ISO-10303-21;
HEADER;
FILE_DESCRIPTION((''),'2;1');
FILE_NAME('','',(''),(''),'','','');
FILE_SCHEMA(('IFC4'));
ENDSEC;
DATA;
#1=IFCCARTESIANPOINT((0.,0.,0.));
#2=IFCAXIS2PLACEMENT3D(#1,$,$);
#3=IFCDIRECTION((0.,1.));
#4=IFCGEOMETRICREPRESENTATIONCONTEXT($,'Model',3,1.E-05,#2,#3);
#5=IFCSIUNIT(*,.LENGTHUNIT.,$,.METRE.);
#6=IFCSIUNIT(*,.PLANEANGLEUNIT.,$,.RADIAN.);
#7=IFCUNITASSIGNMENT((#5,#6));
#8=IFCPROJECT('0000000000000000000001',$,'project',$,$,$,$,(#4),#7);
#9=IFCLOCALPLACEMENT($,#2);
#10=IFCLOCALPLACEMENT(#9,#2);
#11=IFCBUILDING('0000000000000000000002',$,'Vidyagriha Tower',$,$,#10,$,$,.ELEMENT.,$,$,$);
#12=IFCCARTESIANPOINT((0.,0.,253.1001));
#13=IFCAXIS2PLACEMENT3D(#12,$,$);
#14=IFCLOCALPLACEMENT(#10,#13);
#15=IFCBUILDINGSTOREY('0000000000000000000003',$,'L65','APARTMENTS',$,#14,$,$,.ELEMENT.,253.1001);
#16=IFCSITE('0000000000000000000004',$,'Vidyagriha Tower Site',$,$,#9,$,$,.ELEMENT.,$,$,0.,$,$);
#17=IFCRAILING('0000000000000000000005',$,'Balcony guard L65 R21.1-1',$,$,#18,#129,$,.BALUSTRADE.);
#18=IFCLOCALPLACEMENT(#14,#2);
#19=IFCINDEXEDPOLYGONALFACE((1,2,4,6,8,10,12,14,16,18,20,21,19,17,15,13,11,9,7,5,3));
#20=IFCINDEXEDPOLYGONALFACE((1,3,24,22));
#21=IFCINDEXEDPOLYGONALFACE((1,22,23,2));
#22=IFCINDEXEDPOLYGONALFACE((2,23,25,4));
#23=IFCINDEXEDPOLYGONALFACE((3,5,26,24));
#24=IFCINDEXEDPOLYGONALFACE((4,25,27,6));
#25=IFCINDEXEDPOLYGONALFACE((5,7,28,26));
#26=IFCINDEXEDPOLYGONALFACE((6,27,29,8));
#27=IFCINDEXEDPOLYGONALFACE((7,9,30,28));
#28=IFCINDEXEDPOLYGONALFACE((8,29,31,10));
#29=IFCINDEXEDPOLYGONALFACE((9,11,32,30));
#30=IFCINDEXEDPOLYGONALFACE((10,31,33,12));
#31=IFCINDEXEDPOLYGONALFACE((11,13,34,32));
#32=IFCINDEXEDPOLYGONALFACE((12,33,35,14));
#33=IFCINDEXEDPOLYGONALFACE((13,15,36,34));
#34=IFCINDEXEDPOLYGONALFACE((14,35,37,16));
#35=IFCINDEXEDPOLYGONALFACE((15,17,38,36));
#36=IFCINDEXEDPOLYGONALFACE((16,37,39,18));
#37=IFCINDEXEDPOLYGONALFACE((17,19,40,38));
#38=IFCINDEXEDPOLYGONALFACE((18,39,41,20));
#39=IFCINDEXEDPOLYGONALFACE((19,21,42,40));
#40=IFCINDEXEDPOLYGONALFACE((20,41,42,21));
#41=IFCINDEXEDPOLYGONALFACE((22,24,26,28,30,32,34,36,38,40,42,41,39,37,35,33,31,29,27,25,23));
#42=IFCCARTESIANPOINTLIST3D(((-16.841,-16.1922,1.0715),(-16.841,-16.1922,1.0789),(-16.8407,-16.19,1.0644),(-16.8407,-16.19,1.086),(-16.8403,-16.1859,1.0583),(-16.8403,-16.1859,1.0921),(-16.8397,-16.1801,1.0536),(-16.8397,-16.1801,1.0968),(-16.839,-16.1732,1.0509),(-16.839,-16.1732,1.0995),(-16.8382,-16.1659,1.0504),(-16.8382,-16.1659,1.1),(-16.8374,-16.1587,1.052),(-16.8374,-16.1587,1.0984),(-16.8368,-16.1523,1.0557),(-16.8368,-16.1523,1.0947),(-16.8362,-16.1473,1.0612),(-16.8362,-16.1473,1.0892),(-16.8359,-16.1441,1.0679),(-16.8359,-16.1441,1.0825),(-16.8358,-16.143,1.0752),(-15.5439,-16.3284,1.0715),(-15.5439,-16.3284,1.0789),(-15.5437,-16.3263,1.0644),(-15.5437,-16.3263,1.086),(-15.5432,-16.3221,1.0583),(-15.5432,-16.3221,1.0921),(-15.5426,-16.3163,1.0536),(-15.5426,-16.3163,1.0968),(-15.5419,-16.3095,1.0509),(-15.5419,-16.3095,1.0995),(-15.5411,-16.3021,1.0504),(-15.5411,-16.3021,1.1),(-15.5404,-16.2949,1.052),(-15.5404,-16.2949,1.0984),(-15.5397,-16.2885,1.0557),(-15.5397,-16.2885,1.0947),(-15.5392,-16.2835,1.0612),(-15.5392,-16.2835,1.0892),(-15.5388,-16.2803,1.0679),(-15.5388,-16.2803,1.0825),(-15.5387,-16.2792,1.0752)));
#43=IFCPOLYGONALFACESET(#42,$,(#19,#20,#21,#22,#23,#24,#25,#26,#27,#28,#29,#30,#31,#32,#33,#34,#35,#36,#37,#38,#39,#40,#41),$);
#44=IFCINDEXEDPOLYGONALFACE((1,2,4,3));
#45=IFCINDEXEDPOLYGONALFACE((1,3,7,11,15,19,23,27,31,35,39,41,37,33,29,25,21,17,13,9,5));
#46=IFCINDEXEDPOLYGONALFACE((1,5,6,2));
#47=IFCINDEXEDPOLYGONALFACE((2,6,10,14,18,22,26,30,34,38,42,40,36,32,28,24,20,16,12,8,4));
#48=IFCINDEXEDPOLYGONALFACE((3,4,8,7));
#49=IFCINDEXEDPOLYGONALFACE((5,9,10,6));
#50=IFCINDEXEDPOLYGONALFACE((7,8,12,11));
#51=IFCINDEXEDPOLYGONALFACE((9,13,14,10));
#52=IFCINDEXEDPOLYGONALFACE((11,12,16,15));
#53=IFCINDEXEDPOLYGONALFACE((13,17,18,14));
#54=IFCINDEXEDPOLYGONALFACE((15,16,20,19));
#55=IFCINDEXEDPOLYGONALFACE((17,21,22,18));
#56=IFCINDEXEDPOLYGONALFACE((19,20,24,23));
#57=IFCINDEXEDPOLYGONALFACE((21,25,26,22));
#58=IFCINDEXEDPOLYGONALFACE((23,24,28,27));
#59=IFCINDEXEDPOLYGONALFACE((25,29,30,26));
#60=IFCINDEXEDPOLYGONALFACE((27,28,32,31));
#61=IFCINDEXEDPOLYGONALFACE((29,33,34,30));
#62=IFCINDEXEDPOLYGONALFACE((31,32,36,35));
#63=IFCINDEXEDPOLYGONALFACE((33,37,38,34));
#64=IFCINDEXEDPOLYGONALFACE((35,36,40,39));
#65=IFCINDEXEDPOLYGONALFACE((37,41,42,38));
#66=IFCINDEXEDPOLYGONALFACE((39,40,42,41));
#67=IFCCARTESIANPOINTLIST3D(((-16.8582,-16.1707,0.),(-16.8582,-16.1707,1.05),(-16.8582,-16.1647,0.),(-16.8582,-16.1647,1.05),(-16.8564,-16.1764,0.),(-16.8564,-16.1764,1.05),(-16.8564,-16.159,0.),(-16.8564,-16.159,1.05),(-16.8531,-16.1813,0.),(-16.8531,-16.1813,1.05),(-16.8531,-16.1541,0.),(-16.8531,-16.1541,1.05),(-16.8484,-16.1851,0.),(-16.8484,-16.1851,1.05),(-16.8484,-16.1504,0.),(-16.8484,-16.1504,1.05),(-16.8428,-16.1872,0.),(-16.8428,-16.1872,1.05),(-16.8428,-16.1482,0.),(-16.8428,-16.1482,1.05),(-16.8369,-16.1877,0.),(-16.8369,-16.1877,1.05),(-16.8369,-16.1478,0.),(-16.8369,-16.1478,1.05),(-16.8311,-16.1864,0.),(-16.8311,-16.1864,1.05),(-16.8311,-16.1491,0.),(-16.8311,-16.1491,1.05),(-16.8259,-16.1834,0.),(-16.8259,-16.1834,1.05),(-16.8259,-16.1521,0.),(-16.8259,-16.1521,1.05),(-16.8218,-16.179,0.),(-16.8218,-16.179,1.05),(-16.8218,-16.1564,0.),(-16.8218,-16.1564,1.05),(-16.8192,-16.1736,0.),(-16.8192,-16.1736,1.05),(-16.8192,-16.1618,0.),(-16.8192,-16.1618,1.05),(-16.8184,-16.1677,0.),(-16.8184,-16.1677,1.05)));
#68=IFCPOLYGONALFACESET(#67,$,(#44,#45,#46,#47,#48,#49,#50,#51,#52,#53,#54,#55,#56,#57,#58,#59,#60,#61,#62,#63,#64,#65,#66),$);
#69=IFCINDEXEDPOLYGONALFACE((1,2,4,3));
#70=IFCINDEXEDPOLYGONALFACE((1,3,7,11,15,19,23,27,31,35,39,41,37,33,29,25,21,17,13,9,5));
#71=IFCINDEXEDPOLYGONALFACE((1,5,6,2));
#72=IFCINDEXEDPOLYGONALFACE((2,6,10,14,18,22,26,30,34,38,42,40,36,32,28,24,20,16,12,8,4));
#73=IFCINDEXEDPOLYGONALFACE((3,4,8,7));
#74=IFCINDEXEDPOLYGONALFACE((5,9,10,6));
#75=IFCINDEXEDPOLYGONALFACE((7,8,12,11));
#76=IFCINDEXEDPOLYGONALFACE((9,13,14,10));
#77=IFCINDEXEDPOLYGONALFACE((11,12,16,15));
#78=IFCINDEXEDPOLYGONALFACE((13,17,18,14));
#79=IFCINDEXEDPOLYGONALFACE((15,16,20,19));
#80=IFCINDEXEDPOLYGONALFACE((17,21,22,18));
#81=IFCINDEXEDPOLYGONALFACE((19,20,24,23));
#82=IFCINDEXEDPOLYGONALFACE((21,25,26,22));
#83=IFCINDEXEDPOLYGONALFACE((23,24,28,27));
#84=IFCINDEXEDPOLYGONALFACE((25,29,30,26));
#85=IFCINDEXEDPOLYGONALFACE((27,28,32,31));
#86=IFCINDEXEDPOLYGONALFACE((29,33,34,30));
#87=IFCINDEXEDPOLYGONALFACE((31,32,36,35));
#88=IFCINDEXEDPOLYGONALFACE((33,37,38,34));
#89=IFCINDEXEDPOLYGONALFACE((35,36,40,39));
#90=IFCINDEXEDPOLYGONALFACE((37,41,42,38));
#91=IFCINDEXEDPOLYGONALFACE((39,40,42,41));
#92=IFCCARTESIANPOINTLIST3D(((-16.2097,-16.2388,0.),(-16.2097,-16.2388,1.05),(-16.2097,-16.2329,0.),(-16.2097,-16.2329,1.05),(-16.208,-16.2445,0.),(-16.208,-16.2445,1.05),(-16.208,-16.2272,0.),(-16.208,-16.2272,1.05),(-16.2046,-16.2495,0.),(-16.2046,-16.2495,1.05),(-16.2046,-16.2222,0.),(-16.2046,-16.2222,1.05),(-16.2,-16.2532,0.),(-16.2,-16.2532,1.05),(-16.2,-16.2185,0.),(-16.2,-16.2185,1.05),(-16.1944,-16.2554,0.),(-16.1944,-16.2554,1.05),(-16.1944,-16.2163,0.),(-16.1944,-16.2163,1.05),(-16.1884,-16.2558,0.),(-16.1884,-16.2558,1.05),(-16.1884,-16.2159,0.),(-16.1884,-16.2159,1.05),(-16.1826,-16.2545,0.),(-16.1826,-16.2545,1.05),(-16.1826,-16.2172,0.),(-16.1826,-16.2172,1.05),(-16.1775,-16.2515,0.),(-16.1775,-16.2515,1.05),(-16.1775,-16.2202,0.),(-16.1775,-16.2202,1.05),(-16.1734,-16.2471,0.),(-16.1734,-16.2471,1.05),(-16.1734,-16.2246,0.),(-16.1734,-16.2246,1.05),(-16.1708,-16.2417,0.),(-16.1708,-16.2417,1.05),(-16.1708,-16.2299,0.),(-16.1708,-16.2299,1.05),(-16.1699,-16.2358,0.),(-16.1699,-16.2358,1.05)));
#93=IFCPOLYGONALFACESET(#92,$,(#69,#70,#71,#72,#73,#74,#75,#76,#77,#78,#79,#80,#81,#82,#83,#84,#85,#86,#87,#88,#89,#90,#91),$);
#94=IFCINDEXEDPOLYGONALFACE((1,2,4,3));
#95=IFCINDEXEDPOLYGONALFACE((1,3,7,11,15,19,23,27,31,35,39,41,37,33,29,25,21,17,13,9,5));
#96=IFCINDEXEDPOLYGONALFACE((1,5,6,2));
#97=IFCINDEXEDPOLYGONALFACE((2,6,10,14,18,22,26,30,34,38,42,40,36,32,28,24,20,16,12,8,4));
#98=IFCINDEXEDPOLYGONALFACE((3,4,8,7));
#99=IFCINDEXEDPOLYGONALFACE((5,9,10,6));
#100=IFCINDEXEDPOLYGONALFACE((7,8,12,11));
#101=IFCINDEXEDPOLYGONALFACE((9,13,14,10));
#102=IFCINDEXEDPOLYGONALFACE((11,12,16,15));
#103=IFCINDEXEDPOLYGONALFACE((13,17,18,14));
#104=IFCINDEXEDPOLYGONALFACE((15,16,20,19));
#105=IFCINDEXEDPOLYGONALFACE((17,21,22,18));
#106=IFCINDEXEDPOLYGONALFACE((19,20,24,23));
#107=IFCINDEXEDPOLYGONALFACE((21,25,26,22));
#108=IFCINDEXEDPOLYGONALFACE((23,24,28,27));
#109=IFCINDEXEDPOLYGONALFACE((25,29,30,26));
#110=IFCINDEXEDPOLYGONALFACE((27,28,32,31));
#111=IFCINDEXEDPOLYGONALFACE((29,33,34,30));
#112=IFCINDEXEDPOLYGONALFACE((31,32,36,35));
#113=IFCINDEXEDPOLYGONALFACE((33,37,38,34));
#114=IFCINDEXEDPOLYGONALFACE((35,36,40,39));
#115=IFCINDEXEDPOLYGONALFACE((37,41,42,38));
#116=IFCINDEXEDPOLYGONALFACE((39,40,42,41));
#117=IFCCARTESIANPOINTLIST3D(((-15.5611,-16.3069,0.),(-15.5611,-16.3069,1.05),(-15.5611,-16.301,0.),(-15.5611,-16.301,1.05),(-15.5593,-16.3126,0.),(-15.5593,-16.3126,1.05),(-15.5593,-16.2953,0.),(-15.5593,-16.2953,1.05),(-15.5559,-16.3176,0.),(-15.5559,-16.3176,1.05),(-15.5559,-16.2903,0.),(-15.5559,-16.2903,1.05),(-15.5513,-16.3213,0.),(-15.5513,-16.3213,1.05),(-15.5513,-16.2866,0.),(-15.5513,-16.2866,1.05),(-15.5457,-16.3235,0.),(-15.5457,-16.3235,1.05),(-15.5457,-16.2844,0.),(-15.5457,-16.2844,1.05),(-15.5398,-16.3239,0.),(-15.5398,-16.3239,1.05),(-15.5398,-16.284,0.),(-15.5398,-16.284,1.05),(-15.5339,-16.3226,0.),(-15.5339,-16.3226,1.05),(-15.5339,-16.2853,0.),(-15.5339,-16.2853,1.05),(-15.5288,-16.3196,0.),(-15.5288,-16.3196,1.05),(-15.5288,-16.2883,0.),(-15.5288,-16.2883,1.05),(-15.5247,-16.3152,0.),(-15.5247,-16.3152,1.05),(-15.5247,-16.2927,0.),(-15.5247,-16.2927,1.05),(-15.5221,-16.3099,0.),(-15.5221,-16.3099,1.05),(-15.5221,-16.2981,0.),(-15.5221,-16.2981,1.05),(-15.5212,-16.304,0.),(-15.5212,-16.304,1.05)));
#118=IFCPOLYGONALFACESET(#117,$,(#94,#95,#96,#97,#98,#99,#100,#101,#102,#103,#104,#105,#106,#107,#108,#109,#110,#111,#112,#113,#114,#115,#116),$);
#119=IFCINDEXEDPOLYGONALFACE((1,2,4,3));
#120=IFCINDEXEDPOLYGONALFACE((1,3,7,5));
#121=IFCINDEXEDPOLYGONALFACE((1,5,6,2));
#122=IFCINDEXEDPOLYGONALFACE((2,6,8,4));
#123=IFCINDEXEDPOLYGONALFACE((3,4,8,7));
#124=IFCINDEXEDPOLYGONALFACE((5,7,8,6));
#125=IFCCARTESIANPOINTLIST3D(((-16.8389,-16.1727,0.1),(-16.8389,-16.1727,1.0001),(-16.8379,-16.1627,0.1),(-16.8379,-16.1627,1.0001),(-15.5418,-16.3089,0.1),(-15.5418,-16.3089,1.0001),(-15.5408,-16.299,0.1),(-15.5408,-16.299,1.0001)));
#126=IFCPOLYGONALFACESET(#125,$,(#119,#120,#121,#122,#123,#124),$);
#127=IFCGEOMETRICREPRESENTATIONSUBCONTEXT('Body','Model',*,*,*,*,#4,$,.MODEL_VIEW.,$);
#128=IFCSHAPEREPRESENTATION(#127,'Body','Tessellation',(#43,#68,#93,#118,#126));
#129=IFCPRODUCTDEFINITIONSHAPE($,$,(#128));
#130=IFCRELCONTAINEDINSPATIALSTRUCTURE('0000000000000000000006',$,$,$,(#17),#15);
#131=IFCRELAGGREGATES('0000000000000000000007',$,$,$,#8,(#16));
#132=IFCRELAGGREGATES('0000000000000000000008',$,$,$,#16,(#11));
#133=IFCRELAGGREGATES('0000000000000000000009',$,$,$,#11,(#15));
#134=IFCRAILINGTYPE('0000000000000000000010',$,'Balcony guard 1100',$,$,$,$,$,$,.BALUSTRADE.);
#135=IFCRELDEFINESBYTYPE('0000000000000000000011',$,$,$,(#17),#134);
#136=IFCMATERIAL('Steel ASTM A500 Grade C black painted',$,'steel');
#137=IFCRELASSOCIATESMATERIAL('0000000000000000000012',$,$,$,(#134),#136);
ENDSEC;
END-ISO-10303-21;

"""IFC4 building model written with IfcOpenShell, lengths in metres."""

from ifc_helpers import new_model, si_unit, direction, frame, origin, origin_2d, place, context, subcontext, project, spatial, rectangle, circle, extrude, material, type_object, element, save


model = new_model("IFC4")

# Units and contexts
model_context = context("Model", 3, precision=1e-05, world=origin(), true_north=direction((0.0, 1.0)))
body_context = subcontext(model_context, "Body", "Model", "MODEL_VIEW")
ifc_project = project(units=[si_unit("LENGTHUNIT", "METRE"), si_unit("PLANEANGLEUNIT", "RADIAN")], contexts=[model_context])

# Site, building, storey
site_placement = place(None, origin())
site = spatial("IfcSite", under=ifc_project, at=site_placement, Name="Vidyagriha Tower Site", CompositionType="ELEMENT", RefElevation=0.0)
building_placement = place(site_placement, origin())
building = spatial("IfcBuilding", under=site, at=building_placement, Name="Vidyagriha Tower", CompositionType="ELEMENT")
storey_placement = place(building_placement, frame((0.0, 0.0, 253.1001)))
storey = spatial("IfcBuildingStorey", under=building, at=storey_placement, Name="L65", Description="APARTMENTS", CompositionType="ELEMENT", Elevation=253.1001)

# Railing
ifc_material_1 = material(Name="Steel ASTM A500 Grade C black painted", Category="steel")
railing_type_1 = type_object("IfcRailingType", Name="Balcony guard 1100", PredefinedType="BALUSTRADE", material=ifc_material_1)
railing_1_placement = place(storey_placement, frame((-16.8384, -16.1677, 0.0)))
element("IfcRailing", 1, at=railing_1_placement, inside=storey, type_object=railing_type_1, Name="Balcony guard L65 R21.1-1", PredefinedType="BALUSTRADE", context=body_context, shape_type="SweptSolid", body=[
    extrude(circle(Radius=0.0249, at=origin_2d()), frame((0.0, 0.0, 1.0752), z_axis=(0.99453, -0.104451, 0.0), x_axis=(0.104451, 0.99453, 0.0)), (0.0, 0.0, 1.0), 1.3042),
    extrude(circle(Radius=0.02, at=origin_2d()), origin(), (0.0, 0.0, 1.0), 1.05),
    extrude(circle(Radius=0.02, at=origin_2d()), frame((0.6484, -0.0681, 0.0)), (0.0, 0.0, 1.0), 1.05),
    extrude(circle(Radius=0.02, at=origin_2d()), frame((1.2971, -0.1362, 0.0)), (0.0, 0.0, 1.0), 1.05),
    extrude(rectangle(XDim=0.01, YDim=0.9001, at=origin_2d()), frame((0.0, 0.0, 0.55), z_axis=(0.99453, -0.104451, 0.0), x_axis=(0.104451, 0.99453, 0.0)), (0.0, 0.0, 1.0), 1.3042),
])

save(model, "model.ifc")
